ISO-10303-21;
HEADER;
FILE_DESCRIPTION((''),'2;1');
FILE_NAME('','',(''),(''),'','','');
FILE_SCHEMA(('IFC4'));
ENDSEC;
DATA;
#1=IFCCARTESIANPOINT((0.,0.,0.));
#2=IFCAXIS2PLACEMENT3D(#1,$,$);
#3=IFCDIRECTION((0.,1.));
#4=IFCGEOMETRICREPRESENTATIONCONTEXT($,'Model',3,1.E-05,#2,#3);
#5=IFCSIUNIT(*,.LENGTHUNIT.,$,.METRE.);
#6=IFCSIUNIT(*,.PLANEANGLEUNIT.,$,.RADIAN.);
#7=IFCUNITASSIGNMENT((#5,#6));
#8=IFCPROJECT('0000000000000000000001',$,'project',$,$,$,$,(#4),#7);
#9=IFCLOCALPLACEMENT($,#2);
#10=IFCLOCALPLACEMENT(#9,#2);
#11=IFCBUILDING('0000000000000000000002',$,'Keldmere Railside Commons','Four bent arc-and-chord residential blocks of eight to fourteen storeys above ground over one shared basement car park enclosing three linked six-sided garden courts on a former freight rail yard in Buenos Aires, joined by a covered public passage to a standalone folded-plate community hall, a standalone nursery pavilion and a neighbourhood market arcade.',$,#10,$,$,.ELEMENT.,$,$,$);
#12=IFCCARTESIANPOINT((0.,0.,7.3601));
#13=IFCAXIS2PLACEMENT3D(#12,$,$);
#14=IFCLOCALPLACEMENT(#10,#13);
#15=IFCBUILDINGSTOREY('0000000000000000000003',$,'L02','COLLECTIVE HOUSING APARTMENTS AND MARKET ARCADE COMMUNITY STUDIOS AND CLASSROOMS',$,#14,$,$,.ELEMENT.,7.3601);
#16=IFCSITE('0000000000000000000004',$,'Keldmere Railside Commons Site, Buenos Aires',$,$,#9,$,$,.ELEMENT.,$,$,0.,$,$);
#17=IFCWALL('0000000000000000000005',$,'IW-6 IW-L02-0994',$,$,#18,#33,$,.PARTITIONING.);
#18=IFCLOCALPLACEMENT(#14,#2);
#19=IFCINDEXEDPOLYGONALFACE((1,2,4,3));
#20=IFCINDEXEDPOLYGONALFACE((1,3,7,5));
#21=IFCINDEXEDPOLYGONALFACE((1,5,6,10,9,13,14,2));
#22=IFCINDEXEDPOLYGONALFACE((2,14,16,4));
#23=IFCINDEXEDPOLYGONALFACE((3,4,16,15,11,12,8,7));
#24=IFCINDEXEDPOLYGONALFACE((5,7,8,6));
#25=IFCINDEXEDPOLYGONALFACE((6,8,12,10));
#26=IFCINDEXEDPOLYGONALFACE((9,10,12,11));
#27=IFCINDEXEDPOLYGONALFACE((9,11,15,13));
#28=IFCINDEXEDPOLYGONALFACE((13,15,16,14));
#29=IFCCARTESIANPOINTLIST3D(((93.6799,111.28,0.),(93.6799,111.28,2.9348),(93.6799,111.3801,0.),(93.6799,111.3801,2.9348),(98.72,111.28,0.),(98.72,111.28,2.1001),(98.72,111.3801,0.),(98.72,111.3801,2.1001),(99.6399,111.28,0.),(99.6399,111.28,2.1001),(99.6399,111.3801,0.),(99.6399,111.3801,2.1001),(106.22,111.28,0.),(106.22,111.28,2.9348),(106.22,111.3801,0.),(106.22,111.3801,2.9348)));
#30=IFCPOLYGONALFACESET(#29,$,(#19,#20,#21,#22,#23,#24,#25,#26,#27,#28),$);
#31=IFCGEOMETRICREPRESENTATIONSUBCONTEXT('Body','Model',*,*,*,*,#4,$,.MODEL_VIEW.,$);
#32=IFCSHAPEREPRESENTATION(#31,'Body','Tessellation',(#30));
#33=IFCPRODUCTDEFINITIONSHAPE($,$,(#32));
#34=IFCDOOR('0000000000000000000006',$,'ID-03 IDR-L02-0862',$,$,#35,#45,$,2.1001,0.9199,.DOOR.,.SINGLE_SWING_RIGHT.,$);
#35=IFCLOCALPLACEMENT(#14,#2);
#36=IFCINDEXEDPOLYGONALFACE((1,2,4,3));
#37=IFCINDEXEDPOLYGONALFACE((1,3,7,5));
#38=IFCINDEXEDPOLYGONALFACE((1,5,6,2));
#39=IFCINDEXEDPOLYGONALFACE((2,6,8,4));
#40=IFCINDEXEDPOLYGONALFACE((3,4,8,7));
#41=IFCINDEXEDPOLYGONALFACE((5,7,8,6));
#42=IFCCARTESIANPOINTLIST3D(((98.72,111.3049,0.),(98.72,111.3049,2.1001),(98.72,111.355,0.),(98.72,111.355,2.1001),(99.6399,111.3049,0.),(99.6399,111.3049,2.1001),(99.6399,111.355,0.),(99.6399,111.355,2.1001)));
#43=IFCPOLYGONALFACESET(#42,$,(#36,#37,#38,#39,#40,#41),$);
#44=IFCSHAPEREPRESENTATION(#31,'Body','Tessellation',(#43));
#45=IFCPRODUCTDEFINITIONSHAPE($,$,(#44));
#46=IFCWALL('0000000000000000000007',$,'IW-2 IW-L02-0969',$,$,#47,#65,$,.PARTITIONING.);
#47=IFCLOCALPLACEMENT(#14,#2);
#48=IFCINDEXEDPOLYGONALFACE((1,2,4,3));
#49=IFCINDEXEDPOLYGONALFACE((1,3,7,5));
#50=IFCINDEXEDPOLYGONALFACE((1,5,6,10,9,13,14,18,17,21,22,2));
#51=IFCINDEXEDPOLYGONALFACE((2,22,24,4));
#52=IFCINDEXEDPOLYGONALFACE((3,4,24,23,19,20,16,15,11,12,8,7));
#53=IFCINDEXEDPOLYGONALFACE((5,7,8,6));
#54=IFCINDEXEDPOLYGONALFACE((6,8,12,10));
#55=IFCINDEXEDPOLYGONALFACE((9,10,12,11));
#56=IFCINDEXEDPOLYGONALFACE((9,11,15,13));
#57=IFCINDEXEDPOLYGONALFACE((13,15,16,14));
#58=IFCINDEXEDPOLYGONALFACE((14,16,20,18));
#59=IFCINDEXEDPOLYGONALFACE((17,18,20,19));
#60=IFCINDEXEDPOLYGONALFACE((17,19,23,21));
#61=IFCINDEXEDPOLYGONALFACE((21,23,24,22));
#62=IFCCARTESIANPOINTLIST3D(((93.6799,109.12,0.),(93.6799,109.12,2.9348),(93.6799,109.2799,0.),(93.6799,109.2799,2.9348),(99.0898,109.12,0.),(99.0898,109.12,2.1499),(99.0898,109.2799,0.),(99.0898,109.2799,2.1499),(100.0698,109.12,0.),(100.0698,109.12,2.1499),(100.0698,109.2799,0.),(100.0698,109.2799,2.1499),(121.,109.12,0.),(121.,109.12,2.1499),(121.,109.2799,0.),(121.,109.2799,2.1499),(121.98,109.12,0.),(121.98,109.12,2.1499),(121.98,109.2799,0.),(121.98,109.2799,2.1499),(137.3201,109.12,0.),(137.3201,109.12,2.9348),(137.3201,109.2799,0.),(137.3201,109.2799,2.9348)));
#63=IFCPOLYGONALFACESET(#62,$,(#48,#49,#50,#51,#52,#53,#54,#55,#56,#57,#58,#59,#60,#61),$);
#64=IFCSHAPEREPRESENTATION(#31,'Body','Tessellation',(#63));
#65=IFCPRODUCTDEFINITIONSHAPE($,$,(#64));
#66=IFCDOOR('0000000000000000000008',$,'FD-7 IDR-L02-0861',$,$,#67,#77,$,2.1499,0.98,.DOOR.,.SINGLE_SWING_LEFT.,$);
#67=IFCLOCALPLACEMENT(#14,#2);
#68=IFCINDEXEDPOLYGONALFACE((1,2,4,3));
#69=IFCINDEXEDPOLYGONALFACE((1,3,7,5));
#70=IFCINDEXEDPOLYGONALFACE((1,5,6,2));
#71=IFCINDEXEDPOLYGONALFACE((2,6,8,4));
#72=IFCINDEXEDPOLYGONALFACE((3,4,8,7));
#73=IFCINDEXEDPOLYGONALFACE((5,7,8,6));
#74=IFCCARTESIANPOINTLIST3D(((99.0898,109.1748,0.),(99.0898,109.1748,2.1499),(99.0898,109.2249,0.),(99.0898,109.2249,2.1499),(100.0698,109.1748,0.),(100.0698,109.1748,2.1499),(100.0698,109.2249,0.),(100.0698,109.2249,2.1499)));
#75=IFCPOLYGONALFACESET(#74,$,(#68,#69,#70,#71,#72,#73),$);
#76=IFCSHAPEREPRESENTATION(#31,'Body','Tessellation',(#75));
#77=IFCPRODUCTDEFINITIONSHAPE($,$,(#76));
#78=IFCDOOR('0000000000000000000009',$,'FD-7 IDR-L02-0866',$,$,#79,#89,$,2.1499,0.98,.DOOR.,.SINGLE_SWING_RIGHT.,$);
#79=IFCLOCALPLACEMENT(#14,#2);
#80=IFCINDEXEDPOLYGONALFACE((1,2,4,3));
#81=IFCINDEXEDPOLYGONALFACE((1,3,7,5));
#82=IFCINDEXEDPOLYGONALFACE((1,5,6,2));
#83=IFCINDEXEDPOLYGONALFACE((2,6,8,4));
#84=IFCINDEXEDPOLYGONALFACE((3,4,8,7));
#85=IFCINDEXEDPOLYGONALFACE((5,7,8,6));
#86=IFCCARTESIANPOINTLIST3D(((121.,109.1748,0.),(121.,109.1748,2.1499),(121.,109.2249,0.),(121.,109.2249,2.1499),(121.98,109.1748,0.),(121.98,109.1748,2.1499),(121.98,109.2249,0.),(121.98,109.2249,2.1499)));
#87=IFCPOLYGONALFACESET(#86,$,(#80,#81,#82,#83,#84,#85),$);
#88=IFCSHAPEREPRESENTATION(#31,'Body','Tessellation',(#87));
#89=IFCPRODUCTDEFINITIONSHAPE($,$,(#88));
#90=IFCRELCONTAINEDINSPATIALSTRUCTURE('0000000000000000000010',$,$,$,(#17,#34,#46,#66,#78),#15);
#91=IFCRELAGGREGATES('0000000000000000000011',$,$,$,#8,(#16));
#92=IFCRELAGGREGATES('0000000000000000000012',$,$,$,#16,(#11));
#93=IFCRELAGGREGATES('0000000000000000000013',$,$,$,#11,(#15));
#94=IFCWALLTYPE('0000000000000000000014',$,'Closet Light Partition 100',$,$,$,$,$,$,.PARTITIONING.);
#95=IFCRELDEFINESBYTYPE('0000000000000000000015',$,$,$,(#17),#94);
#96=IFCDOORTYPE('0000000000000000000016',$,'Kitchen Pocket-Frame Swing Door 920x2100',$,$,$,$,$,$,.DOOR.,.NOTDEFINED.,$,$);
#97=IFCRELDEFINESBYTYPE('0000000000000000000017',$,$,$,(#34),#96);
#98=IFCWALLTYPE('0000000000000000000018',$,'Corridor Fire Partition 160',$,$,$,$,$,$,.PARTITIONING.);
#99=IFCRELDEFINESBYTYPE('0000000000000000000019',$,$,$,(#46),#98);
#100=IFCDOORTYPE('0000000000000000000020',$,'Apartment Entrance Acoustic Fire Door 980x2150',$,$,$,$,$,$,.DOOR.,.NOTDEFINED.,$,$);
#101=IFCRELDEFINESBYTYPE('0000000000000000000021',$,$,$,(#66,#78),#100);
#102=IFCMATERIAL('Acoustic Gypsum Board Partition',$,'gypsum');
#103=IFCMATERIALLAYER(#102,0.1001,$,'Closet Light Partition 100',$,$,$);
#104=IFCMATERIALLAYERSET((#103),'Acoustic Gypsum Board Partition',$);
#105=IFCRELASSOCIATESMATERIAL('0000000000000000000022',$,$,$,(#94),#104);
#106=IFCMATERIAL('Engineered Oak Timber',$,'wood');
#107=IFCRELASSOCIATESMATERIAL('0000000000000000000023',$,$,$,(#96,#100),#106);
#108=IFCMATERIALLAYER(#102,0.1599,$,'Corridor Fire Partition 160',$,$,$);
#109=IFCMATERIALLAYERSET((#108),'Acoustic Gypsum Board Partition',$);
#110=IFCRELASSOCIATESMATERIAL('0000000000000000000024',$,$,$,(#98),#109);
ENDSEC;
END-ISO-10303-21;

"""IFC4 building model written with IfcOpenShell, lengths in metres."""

from ifc_helpers import new_model, si_unit, direction, frame, frame_2d, origin, place, context, subcontext, project, spatial, rectangle, extrude, material, layer, layer_set, type_object, element, fill, save


model = new_model("IFC4")

# Units and contexts
model_context = context("Model", 3, precision=1e-05, world=origin(), true_north=direction((0.0, 1.0)))
body_context = subcontext(model_context, "Body", "Model", "MODEL_VIEW")
ifc_project = project(units=[si_unit("LENGTHUNIT", "METRE"), si_unit("PLANEANGLEUNIT", "RADIAN")], contexts=[model_context])

# Site, building, storey
site_placement = place(None, origin())
site = spatial("IfcSite", under=ifc_project, at=site_placement, Name="Keldmere Railside Commons Site, Buenos Aires", CompositionType="ELEMENT", RefElevation=0.0)
building_placement = place(site_placement, origin())
building = spatial("IfcBuilding", under=site, at=building_placement, Name="Keldmere Railside Commons", Description="Four bent arc-and-chord residential blocks of eight to fourteen storeys above ground over one shared basement car park enclosing three linked six-sided garden courts on a former freight rail yard in Buenos Aires, joined by a covered public passage to a standalone folded-plate community hall, a standalone nursery pavilion and a neighbourhood market arcade.", CompositionType="ELEMENT")
storey_placement = place(building_placement, frame((0.0, 0.0, 7.3601)))
storey = spatial("IfcBuildingStorey", under=building, at=storey_placement, Name="L02", Description="COLLECTIVE HOUSING APARTMENTS AND MARKET ARCADE COMMUNITY STUDIOS AND CLASSROOMS", CompositionType="ELEMENT", Elevation=7.3601)

# Wall, opening, door
ifc_material_1 = material(Name="Acoustic Gypsum Board Partition", Category="gypsum")
ifc_layer_1 = layer(ifc_material_1, 0.1001, Name="Closet Light Partition 100")
ifc_layer_set_1 = layer_set([ifc_layer_1], Name="Acoustic Gypsum Board Partition")
wall_type_1 = type_object("IfcWallType", Name="Closet Light Partition 100", PredefinedType="PARTITIONING", material=ifc_layer_set_1)
wall_1_placement = place(storey_placement, frame((93.6799, 111.3301, 0.0), z_axis=(0.0, 0.0, 1.0), x_axis=(1.0, 0.0, 0.0)))
wall_1 = element("IfcWall", 1, at=wall_1_placement, inside=storey, type_object=wall_type_1, Name="IW-6 IW-L02-0994", PredefinedType="PARTITIONING", context=body_context, shape_type="SweptSolid", body=[
    extrude(rectangle(XDim=12.54, YDim=0.1001, at=frame_2d((6.27, 0.0))), origin(), (0.0, 0.0, 1.0), 2.9348),
])
opening_1_placement = place(wall_1_placement, frame((5.04, 0.0, 0.0)))
opening_1 = element("IfcOpeningElement", 2, at=opening_1_placement, cuts=wall_1, PredefinedType="OPENING", context=body_context, shape_type="SweptSolid", body=[
    extrude(rectangle(XDim=0.9199, YDim=2.1001, at=frame_2d((0.46, 1.05))), frame((0.0, 0.0601, 0.0), z_axis=(0.0, -1.0, 0.0), x_axis=(1.0, 0.0, 0.0)), (0.0, 0.0, 1.0), 0.1201),
])
ifc_material_2 = material(Name="Engineered Oak Timber", Category="wood")
door_type_1 = type_object("IfcDoorType", Name="Kitchen Pocket-Frame Swing Door 920x2100", OperationType="NOTDEFINED", PredefinedType="DOOR", material=ifc_material_2)
door_1_placement = place(opening_1_placement, origin())
door_1 = element("IfcDoor", 3, at=door_1_placement, inside=storey, type_object=door_type_1, Name="ID-03 IDR-L02-0862", OperationType="SINGLE_SWING_RIGHT", OverallHeight=2.1001, OverallWidth=0.9199, PredefinedType="DOOR", context=body_context, shape_type="SweptSolid", body=[
    extrude(rectangle(XDim=0.9199, YDim=2.1001, at=frame_2d((0.46, 1.05))), frame((0.0, 0.0249, 0.0), z_axis=(0.0, -1.0, 0.0), x_axis=(1.0, 0.0, 0.0)), (0.0, 0.0, 1.0), 0.05),
])
fill(opening_1, door_1)

# Wall, openings, doors
ifc_layer_2 = layer(ifc_material_1, 0.1599, Name="Corridor Fire Partition 160")
ifc_layer_set_2 = layer_set([ifc_layer_2], Name="Acoustic Gypsum Board Partition")
wall_type_2 = type_object("IfcWallType", Name="Corridor Fire Partition 160", PredefinedType="PARTITIONING", material=ifc_layer_set_2)
wall_2_placement = place(storey_placement, frame((93.6799, 109.2, 0.0), z_axis=(0.0, 0.0, 1.0), x_axis=(1.0, 0.0, 0.0)))
wall_2 = element("IfcWall", 4, at=wall_2_placement, inside=storey, type_object=wall_type_2, Name="IW-2 IW-L02-0969", PredefinedType="PARTITIONING", context=body_context, shape_type="SweptSolid", body=[
    extrude(rectangle(XDim=43.6401, YDim=0.1599, at=frame_2d((21.8201, 0.0))), origin(), (0.0, 0.0, 1.0), 2.9348),
])
opening_2_placement = place(wall_2_placement, frame((5.4099, 0.0, 0.0)))
opening_2 = element("IfcOpeningElement", 5, at=opening_2_placement, cuts=wall_2, PredefinedType="OPENING", context=body_context, shape_type="SweptSolid", body=[
    extrude(rectangle(XDim=0.98, YDim=2.1499, at=frame_2d((0.49, 1.075))), frame((0.0, 0.0898, 0.0), z_axis=(0.0, -1.0, 0.0), x_axis=(1.0, 0.0, 0.0)), (0.0, 0.0, 1.0), 0.1799),
])
opening_3_placement = place(wall_2_placement, frame((27.3201, 0.0, 0.0)))
opening_3 = element("IfcOpeningElement", 6, at=opening_3_placement, cuts=wall_2, PredefinedType="OPENING", context=body_context, shape_type="SweptSolid", body=[
    extrude(rectangle(XDim=0.98, YDim=2.1499, at=frame_2d((0.49, 1.075))), frame((0.0, 0.0898, 0.0), z_axis=(0.0, -1.0, 0.0), x_axis=(1.0, 0.0, 0.0)), (0.0, 0.0, 1.0), 0.1799),
])
door_type_2 = type_object("IfcDoorType", Name="Apartment Entrance Acoustic Fire Door 980x2150", OperationType="NOTDEFINED", PredefinedType="DOOR", material=ifc_material_2)
door_2_placement = place(opening_2_placement, origin())
door_2 = element("IfcDoor", 7, at=door_2_placement, inside=storey, type_object=door_type_2, Name="FD-7 IDR-L02-0861", OperationType="SINGLE_SWING_LEFT", OverallHeight=2.1499, OverallWidth=0.98, PredefinedType="DOOR", context=body_context, shape_type="SweptSolid", body=[
    extrude(rectangle(XDim=0.98, YDim=2.1499, at=frame_2d((0.49, 1.075))), frame((0.0, 0.0249, 0.0), z_axis=(0.0, -1.0, 0.0), x_axis=(1.0, 0.0, 0.0)), (0.0, 0.0, 1.0), 0.05),
])
fill(opening_2, door_2)
door_3_placement = place(opening_3_placement, origin())
door_3 = element("IfcDoor", 8, at=door_3_placement, inside=storey, type_object=door_type_2, Name="FD-7 IDR-L02-0866", OperationType="SINGLE_SWING_RIGHT", OverallHeight=2.1499, OverallWidth=0.98, PredefinedType="DOOR", context=body_context, shape_type="SweptSolid", body=[
    extrude(rectangle(XDim=0.98, YDim=2.1499, at=frame_2d((0.49, 1.075))), frame((0.0, 0.0249, 0.0), z_axis=(0.0, -1.0, 0.0), x_axis=(1.0, 0.0, 0.0)), (0.0, 0.0, 1.0), 0.05),
])
fill(opening_3, door_3)

save(model, "model.ifc")
